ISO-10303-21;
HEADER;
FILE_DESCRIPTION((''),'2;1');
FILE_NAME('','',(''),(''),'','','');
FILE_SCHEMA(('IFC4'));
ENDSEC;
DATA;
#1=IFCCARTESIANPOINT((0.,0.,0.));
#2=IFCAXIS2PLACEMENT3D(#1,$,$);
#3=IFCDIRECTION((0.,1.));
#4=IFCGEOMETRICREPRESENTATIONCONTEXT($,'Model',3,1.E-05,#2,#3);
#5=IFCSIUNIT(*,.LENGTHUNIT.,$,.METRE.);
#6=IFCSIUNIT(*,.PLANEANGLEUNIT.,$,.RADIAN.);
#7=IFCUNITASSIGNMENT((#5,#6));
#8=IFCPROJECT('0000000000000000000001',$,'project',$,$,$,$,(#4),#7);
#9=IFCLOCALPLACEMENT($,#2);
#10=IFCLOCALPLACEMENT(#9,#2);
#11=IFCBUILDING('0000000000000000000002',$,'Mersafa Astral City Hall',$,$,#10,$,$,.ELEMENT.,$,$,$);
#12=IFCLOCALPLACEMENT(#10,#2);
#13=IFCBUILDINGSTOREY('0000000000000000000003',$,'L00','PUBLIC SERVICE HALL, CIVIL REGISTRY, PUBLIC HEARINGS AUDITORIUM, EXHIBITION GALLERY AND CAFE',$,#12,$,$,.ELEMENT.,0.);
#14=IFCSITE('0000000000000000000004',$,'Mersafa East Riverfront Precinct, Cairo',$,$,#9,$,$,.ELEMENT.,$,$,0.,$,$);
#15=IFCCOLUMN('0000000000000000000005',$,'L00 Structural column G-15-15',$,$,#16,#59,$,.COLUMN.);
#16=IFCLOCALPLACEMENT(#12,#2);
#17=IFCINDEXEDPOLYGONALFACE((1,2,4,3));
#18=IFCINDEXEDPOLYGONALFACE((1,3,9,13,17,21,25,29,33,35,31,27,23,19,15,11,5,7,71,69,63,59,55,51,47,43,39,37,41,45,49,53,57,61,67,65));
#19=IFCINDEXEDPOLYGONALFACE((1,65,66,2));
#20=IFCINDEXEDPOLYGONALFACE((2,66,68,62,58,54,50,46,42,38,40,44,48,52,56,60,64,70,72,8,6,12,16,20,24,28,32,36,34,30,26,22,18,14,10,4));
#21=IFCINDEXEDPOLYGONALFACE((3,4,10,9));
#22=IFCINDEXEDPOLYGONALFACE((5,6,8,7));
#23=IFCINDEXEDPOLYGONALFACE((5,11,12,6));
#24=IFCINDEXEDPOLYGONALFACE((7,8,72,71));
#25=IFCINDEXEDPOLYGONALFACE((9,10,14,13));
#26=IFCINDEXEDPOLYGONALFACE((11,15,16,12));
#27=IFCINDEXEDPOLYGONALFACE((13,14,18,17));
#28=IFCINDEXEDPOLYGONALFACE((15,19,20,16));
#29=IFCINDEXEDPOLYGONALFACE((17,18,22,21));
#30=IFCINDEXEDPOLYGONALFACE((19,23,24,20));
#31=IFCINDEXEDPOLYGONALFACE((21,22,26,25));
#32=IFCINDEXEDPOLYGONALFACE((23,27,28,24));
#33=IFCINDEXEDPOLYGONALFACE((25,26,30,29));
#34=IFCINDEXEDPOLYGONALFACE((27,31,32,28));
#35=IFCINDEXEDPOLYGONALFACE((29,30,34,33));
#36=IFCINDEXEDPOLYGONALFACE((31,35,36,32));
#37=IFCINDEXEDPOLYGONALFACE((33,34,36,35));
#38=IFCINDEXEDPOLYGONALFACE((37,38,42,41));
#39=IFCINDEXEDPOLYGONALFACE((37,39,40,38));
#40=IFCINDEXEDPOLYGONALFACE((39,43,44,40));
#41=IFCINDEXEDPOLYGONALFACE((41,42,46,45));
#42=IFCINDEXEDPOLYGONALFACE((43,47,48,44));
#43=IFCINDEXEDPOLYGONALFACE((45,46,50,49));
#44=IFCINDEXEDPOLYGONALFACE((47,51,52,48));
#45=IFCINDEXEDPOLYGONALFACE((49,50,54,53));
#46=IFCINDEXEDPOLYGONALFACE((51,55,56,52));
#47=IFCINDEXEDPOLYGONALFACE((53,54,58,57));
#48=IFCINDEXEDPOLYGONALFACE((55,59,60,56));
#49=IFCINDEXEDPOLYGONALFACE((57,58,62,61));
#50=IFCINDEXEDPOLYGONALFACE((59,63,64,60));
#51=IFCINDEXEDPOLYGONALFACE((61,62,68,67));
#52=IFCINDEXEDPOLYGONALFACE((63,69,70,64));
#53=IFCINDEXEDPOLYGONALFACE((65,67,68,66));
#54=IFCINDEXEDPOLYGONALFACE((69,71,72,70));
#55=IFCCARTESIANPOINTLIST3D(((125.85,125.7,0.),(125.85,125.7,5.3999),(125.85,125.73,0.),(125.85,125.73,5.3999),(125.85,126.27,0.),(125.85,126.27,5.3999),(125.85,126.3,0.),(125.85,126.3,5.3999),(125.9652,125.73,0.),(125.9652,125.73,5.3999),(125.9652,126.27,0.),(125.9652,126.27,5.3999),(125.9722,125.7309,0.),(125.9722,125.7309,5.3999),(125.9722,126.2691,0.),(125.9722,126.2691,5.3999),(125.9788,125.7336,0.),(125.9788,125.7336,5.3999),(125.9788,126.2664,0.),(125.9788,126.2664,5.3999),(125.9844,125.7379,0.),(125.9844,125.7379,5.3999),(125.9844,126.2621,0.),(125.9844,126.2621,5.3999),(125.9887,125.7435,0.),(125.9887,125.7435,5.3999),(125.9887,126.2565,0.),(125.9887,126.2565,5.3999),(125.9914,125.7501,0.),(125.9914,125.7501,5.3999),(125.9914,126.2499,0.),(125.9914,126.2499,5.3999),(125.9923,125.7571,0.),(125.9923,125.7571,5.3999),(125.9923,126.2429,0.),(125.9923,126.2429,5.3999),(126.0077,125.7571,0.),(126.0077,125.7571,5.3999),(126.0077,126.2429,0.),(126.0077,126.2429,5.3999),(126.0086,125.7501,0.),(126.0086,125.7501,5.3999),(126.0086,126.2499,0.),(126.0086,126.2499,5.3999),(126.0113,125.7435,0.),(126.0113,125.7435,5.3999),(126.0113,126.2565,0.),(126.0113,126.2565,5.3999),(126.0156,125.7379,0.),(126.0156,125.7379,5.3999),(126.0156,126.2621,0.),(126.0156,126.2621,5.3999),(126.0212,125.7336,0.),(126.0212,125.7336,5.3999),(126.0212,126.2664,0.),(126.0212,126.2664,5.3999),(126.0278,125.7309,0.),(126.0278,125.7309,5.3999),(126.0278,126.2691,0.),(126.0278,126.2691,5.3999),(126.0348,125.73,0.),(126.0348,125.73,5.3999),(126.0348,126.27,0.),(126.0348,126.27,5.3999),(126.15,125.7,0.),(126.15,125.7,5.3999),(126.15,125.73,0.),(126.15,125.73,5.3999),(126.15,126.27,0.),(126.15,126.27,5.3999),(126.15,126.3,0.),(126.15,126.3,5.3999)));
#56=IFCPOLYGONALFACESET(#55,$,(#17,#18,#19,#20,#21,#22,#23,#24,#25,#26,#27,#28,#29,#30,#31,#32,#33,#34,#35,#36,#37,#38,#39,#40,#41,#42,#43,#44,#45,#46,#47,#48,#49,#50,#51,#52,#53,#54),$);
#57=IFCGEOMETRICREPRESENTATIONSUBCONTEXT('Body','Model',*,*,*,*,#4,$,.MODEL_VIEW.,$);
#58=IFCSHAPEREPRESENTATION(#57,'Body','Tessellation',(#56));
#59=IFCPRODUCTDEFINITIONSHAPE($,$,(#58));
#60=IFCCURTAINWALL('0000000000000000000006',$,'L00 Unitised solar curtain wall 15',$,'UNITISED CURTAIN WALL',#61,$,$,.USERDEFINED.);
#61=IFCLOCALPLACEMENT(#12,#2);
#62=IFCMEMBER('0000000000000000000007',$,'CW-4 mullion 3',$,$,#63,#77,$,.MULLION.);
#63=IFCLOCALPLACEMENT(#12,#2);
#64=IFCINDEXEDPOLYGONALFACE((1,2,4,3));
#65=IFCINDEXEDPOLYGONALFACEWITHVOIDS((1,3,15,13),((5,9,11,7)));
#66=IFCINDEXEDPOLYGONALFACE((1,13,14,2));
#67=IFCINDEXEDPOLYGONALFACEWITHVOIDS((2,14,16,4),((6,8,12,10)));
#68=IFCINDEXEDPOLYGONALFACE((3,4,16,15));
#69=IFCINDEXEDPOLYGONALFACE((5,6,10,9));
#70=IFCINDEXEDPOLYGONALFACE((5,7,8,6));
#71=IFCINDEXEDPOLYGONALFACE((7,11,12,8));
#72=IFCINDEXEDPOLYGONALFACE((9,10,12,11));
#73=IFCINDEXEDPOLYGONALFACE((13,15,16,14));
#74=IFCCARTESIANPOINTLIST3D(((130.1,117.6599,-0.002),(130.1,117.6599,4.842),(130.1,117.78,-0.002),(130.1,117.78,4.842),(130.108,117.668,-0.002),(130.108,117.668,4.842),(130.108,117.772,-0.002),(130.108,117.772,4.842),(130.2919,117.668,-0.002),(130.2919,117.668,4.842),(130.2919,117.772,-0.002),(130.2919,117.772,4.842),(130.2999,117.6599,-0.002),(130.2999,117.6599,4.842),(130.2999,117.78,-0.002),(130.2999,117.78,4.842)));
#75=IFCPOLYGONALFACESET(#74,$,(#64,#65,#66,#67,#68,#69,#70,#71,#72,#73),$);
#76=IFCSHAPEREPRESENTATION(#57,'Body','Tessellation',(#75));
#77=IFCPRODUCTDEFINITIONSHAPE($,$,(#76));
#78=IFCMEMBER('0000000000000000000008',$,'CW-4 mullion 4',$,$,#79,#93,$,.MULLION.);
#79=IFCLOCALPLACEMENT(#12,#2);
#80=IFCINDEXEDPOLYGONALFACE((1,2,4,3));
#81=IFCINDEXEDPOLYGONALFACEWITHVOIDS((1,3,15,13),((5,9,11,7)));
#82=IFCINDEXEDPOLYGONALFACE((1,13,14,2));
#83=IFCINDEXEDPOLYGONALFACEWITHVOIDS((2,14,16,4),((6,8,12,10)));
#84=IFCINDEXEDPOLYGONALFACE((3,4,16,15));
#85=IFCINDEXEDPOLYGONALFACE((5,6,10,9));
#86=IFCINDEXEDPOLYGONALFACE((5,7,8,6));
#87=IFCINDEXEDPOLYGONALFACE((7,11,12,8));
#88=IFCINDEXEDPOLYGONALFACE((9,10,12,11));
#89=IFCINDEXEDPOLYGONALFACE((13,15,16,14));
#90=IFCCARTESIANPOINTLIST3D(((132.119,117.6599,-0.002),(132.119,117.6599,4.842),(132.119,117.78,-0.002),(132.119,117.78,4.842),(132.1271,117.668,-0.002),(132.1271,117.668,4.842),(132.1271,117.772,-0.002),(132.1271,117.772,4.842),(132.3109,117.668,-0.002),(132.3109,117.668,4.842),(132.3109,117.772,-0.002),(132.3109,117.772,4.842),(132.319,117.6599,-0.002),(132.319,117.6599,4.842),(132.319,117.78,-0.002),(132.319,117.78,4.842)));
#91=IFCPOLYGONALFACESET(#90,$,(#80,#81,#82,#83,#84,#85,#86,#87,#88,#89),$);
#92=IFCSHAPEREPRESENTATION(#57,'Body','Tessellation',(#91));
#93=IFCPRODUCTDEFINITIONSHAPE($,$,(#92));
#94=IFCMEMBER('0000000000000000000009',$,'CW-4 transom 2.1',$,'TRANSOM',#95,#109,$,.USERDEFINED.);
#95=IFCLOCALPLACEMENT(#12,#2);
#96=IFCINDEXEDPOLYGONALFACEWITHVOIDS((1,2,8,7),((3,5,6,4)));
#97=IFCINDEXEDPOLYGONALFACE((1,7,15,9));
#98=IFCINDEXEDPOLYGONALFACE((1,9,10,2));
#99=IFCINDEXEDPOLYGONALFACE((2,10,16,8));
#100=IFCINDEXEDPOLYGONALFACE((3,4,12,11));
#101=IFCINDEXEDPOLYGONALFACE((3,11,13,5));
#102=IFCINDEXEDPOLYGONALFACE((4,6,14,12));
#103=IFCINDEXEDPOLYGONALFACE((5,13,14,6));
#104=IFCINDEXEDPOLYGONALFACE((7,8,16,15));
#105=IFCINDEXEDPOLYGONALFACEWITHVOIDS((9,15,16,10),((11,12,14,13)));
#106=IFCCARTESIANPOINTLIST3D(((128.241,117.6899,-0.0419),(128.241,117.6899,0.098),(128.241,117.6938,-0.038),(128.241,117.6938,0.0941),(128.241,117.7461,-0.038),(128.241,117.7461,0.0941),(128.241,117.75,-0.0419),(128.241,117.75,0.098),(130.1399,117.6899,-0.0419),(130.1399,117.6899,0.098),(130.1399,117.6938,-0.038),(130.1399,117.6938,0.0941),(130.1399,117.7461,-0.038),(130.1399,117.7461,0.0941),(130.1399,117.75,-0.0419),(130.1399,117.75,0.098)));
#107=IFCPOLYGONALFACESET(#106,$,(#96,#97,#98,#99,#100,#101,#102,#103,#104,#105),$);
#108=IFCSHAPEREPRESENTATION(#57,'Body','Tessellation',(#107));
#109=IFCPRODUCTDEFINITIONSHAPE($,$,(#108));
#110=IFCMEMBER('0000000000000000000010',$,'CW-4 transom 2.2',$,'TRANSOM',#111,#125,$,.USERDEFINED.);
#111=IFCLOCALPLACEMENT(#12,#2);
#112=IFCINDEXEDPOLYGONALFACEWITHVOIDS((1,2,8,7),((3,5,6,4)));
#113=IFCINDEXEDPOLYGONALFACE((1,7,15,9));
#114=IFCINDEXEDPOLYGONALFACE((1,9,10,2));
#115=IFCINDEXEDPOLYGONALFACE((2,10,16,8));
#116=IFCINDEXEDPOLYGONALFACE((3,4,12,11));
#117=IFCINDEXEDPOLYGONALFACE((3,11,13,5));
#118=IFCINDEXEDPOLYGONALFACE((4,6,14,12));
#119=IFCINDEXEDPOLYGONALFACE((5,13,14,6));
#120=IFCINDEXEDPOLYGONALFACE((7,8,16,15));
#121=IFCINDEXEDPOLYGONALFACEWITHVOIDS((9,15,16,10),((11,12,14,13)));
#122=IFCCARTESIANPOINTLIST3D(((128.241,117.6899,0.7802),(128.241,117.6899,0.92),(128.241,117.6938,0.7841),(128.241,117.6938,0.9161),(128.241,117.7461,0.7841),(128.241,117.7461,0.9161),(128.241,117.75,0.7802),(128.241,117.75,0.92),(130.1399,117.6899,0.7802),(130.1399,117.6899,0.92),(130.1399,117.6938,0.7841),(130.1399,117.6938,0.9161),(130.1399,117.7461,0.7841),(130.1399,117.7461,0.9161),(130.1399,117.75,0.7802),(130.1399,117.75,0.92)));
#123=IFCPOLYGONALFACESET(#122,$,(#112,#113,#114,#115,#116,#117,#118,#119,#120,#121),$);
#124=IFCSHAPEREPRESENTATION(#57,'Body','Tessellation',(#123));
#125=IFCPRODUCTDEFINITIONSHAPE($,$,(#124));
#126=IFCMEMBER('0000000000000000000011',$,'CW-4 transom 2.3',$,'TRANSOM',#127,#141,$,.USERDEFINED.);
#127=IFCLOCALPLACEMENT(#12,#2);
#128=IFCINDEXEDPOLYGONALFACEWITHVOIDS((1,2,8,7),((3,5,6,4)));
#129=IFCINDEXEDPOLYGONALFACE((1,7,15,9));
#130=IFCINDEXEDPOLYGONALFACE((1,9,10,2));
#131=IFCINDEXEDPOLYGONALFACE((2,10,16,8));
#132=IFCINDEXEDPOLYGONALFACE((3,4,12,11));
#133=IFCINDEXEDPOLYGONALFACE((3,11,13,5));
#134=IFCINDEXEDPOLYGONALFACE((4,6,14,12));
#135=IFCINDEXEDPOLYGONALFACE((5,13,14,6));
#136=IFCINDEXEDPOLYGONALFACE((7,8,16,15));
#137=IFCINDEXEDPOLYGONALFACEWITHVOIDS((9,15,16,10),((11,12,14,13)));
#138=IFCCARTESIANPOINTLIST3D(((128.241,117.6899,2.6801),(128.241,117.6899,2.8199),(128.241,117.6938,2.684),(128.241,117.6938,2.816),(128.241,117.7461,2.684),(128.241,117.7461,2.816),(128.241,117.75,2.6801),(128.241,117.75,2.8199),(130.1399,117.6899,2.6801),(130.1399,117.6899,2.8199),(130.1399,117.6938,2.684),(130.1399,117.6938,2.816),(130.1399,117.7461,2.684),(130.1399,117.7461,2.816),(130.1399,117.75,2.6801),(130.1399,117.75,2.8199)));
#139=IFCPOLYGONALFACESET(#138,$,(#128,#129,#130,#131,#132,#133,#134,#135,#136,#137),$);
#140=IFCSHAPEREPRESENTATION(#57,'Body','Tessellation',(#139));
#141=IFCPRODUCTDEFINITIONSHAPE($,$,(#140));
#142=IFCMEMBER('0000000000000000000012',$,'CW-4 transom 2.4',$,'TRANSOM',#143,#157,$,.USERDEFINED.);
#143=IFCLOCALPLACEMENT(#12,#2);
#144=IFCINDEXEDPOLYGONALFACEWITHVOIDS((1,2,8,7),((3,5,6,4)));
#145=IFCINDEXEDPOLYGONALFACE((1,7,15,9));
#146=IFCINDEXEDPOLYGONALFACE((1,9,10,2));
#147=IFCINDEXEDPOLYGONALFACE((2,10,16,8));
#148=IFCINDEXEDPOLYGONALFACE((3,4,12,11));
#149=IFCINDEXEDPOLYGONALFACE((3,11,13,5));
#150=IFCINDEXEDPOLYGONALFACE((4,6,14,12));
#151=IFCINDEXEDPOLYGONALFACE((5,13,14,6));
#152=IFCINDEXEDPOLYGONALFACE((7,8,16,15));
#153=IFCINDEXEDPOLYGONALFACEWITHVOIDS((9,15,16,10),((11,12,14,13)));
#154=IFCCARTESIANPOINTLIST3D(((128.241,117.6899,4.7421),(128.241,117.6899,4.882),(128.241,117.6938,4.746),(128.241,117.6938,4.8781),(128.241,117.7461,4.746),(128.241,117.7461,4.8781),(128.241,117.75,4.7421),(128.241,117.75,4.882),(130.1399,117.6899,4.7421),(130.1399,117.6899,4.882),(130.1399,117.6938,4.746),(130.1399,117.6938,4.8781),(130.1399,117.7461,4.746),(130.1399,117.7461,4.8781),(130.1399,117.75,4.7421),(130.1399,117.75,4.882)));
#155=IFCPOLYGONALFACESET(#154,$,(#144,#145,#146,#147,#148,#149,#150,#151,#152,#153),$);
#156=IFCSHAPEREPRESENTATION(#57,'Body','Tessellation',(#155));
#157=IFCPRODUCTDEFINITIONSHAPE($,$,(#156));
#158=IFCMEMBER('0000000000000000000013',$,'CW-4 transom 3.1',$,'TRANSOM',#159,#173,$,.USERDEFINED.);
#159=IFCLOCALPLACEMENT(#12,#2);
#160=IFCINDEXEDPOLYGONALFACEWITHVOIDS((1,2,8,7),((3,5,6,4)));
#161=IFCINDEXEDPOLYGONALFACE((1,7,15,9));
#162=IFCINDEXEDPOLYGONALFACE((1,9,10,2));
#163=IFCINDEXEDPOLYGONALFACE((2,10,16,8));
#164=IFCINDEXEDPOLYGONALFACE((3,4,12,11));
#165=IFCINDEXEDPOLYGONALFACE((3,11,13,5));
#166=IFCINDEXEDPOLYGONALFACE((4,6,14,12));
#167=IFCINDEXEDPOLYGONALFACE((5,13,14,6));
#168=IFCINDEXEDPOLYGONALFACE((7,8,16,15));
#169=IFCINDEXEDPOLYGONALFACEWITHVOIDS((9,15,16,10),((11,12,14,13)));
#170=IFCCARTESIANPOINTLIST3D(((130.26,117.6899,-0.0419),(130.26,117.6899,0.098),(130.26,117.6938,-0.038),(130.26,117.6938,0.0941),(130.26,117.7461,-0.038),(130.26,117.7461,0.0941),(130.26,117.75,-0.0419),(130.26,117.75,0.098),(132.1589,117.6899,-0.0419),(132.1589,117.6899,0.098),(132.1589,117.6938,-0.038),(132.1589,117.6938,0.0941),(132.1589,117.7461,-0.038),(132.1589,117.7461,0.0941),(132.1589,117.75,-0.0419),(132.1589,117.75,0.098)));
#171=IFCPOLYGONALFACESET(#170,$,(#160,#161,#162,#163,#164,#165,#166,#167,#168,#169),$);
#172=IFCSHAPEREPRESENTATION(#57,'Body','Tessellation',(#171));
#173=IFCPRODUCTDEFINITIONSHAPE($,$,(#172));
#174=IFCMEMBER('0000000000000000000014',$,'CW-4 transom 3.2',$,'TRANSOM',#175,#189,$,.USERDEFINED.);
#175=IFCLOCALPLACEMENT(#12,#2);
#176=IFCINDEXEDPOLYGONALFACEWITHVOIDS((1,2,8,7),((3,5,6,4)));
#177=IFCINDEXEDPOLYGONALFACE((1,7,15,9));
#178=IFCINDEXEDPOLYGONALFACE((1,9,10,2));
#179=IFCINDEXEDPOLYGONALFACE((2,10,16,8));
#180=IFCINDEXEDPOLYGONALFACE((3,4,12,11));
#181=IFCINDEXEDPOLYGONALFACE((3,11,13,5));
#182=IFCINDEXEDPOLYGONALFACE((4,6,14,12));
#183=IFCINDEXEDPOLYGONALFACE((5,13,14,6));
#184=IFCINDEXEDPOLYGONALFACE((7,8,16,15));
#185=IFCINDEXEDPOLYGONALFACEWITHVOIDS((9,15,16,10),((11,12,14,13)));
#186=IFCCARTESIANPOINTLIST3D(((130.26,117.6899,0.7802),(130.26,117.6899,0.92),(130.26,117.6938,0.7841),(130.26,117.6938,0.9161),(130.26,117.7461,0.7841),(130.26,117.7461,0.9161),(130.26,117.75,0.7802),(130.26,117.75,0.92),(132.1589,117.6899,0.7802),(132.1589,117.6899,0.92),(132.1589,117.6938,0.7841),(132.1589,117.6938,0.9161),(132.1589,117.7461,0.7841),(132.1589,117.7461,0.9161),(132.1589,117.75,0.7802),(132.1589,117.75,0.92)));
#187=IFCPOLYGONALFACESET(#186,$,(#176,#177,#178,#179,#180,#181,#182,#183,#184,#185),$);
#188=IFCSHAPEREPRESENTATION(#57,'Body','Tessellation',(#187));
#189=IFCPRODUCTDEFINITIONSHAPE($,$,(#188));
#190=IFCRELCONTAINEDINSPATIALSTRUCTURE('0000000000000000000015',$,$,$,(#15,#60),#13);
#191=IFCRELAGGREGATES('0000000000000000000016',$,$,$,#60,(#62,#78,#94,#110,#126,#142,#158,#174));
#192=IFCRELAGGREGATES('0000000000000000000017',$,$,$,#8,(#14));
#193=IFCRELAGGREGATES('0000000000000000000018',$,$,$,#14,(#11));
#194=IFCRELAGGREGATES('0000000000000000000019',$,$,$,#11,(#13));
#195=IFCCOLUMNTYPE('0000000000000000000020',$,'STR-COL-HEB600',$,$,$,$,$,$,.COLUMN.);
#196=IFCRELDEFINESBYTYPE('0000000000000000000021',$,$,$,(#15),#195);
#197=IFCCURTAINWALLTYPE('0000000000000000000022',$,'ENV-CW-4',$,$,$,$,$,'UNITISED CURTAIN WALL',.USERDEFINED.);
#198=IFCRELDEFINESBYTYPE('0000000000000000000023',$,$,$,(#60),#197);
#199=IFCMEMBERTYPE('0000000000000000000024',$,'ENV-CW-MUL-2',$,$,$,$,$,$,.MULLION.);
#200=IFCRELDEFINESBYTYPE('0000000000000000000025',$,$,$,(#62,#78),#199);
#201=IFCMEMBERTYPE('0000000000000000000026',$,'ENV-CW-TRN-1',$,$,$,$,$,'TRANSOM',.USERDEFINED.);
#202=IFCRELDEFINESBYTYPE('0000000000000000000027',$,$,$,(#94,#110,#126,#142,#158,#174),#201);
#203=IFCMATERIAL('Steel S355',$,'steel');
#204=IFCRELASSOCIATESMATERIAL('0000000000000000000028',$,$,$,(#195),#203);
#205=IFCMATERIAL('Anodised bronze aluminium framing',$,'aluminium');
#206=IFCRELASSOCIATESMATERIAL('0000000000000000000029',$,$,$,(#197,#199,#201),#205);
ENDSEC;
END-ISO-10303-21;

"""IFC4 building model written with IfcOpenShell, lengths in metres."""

from ifc_helpers import new_model, si_unit, direction, frame, origin, origin_2d, place, context, subcontext, project, spatial, hollow_rectangle, i_section, extrude, material, material_profile, profile_set, type_object, element, aggregate, save


model = new_model("IFC4")

# Units and contexts
model_context = context("Model", 3, precision=1e-05, world=origin(), true_north=direction((0.0, 1.0)))
body_context = subcontext(model_context, "Body", "Model", "MODEL_VIEW")
ifc_project = project(units=[si_unit("LENGTHUNIT", "METRE"), si_unit("PLANEANGLEUNIT", "RADIAN")], contexts=[model_context])

# Site, building, storey
site_placement = place(None, origin())
site = spatial("IfcSite", under=ifc_project, at=site_placement, Name="Mersafa East Riverfront Precinct, Cairo", CompositionType="ELEMENT", RefElevation=0.0)
building_placement = place(site_placement, origin())
building = spatial("IfcBuilding", under=site, at=building_placement, Name="Mersafa Astral City Hall", CompositionType="ELEMENT")
storey_placement = place(building_placement, origin())
storey = spatial("IfcBuildingStorey", under=building, at=storey_placement, Name="L00", Description="PUBLIC SERVICE HALL, CIVIL REGISTRY, PUBLIC HEARINGS AUDITORIUM, EXHIBITION GALLERY AND CAFE", CompositionType="ELEMENT", Elevation=0.0)

# Column
ifc_material_1 = material(Name="Steel S355", Category="steel")
ifc_material_profile_1 = material_profile(ifc_material_1, i_section(OverallWidth=0.3, OverallDepth=0.6001, WebThickness=0.0154, FlangeThickness=0.03, FilletRadius=0.0271, at=origin_2d()), Name="HEB 600")
ifc_profile_set_1 = profile_set([ifc_material_profile_1], Name="Steel S355")
column_type = type_object("IfcColumnType", Name="STR-COL-HEB600", PredefinedType="COLUMN", material=ifc_profile_set_1)
column_placement = place(storey_placement, frame((126.0, 126.0, 0.0), z_axis=(0.0, 0.0, 1.0), x_axis=(1.0, 0.0, 0.0)))
element("IfcColumn", 1, at=column_placement, inside=storey, type_object=column_type, Name="L00 Structural column G-15-15", PredefinedType="COLUMN", context=body_context, shape_type="SweptSolid", body=[
    extrude(i_section(OverallWidth=0.3, OverallDepth=0.6001, WebThickness=0.0154, FlangeThickness=0.03, FilletRadius=0.0271, at=origin_2d()), origin(), (0.0, 0.0, 1.0), 5.3999),
])

# Curtain wall, members
ifc_material_2 = material(Name="Anodised bronze aluminium framing", Category="aluminium")
curtain_wall_type = type_object("IfcCurtainWallType", Name="ENV-CW-4", ElementType="UNITISED CURTAIN WALL", PredefinedType="USERDEFINED", material=ifc_material_2)
curtain_wall_placement = place(storey_placement, origin())
curtain_wall = element("IfcCurtainWall", 2, at=curtain_wall_placement, inside=storey, type_object=curtain_wall_type, Name="L00 Unitised solar curtain wall 15", ObjectType="UNITISED CURTAIN WALL", PredefinedType="USERDEFINED")
ifc_material_profile_2 = material_profile(ifc_material_2, hollow_rectangle(XDim=0.1201, YDim=0.2, WallThickness=0.0081, at=origin_2d()), Name="RHS 120x200x8")
ifc_profile_set_2 = profile_set([ifc_material_profile_2], Name="Anodised bronze aluminium framing")
member_type_1 = type_object("IfcMemberType", Name="ENV-CW-MUL-2", PredefinedType="MULLION", material=ifc_profile_set_2)
member_1_placement = place(storey_placement, frame((130.2, 117.72, -0.002), z_axis=(0.0, 0.0, 1.0), x_axis=(0.0, 1.0, 0.0)))
member_1 = element("IfcMember", 3, at=member_1_placement, type_object=member_type_1, Name="CW-4 mullion 3", PredefinedType="MULLION", context=body_context, shape_type="SweptSolid", body=[
    extrude(hollow_rectangle(XDim=0.1201, YDim=0.2, WallThickness=0.0081, at=origin_2d()), origin(), (0.0, 0.0, 1.0), 4.844),
])
member_2_placement = place(storey_placement, frame((132.219, 117.72, -0.002), z_axis=(0.0, 0.0, 1.0), x_axis=(0.0, 1.0, 0.0)))
member_2 = element("IfcMember", 4, at=member_2_placement, type_object=member_type_1, Name="CW-4 mullion 4", PredefinedType="MULLION", context=body_context, shape_type="SweptSolid", body=[
    extrude(hollow_rectangle(XDim=0.1201, YDim=0.2, WallThickness=0.0081, at=origin_2d()), origin(), (0.0, 0.0, 1.0), 4.844),
])
ifc_material_profile_3 = material_profile(ifc_material_2, hollow_rectangle(XDim=0.0601, YDim=0.1399, WallThickness=0.0039, at=origin_2d()), Name="RHS 60x140x4")
ifc_profile_set_3 = profile_set([ifc_material_profile_3], Name="Anodised bronze aluminium framing")
member_type_2 = type_object("IfcMemberType", Name="ENV-CW-TRN-1", ElementType="TRANSOM", PredefinedType="USERDEFINED", material=ifc_profile_set_3)
member_3_placement = place(storey_placement, frame((128.241, 117.72, 0.0281), z_axis=(1.0, 0.0, 0.0), x_axis=(0.0, 1.0, 0.0)))
member_3 = element("IfcMember", 5, at=member_3_placement, type_object=member_type_2, Name="CW-4 transom 2.1", ObjectType="TRANSOM", PredefinedType="USERDEFINED", context=body_context, shape_type="SweptSolid", body=[
    extrude(hollow_rectangle(XDim=0.0601, YDim=0.1399, WallThickness=0.0039, at=origin_2d()), origin(), (0.0, 0.0, 1.0), 1.8989),
])
member_4_placement = place(storey_placement, frame((128.241, 117.72, 0.8501), z_axis=(1.0, 0.0, 0.0), x_axis=(0.0, 1.0, 0.0)))
member_4 = element("IfcMember", 6, at=member_4_placement, type_object=member_type_2, Name="CW-4 transom 2.2", ObjectType="TRANSOM", PredefinedType="USERDEFINED", context=body_context, shape_type="SweptSolid", body=[
    extrude(hollow_rectangle(XDim=0.0601, YDim=0.1399, WallThickness=0.0039, at=origin_2d()), origin(), (0.0, 0.0, 1.0), 1.8989),
])
member_5_placement = place(storey_placement, frame((128.241, 117.72, 2.75), z_axis=(1.0, 0.0, 0.0), x_axis=(0.0, 1.0, 0.0)))
member_5 = element("IfcMember", 7, at=member_5_placement, type_object=member_type_2, Name="CW-4 transom 2.3", ObjectType="TRANSOM", PredefinedType="USERDEFINED", context=body_context, shape_type="SweptSolid", body=[
    extrude(hollow_rectangle(XDim=0.0601, YDim=0.1399, WallThickness=0.0039, at=origin_2d()), origin(), (0.0, 0.0, 1.0), 1.8989),
])
member_6_placement = place(storey_placement, frame((128.241, 117.72, 4.812), z_axis=(1.0, 0.0, 0.0), x_axis=(0.0, 1.0, 0.0)))
member_6 = element("IfcMember", 8, at=member_6_placement, type_object=member_type_2, Name="CW-4 transom 2.4", ObjectType="TRANSOM", PredefinedType="USERDEFINED", context=body_context, shape_type="SweptSolid", body=[
    extrude(hollow_rectangle(XDim=0.0601, YDim=0.1399, WallThickness=0.0039, at=origin_2d()), origin(), (0.0, 0.0, 1.0), 1.8989),
])
member_7_placement = place(storey_placement, frame((130.26, 117.72, 0.0281), z_axis=(1.0, 0.0, 0.0), x_axis=(0.0, 1.0, 0.0)))
member_7 = element("IfcMember", 9, at=member_7_placement, type_object=member_type_2, Name="CW-4 transom 3.1", ObjectType="TRANSOM", PredefinedType="USERDEFINED", context=body_context, shape_type="SweptSolid", body=[
    extrude(hollow_rectangle(XDim=0.0601, YDim=0.1399, WallThickness=0.0039, at=origin_2d()), origin(), (0.0, 0.0, 1.0), 1.8989),
])
member_8_placement = place(storey_placement, frame((130.26, 117.72, 0.8501), z_axis=(1.0, 0.0, 0.0), x_axis=(0.0, 1.0, 0.0)))
member_8 = element("IfcMember", 10, at=member_8_placement, type_object=member_type_2, Name="CW-4 transom 3.2", ObjectType="TRANSOM", PredefinedType="USERDEFINED", context=body_context, shape_type="SweptSolid", body=[
    extrude(hollow_rectangle(XDim=0.0601, YDim=0.1399, WallThickness=0.0039, at=origin_2d()), origin(), (0.0, 0.0, 1.0), 1.8989),
])

aggregate(curtain_wall, [member_1, member_2, member_3, member_4, member_5, member_6, member_7, member_8])

save(model, "model.ifc")
